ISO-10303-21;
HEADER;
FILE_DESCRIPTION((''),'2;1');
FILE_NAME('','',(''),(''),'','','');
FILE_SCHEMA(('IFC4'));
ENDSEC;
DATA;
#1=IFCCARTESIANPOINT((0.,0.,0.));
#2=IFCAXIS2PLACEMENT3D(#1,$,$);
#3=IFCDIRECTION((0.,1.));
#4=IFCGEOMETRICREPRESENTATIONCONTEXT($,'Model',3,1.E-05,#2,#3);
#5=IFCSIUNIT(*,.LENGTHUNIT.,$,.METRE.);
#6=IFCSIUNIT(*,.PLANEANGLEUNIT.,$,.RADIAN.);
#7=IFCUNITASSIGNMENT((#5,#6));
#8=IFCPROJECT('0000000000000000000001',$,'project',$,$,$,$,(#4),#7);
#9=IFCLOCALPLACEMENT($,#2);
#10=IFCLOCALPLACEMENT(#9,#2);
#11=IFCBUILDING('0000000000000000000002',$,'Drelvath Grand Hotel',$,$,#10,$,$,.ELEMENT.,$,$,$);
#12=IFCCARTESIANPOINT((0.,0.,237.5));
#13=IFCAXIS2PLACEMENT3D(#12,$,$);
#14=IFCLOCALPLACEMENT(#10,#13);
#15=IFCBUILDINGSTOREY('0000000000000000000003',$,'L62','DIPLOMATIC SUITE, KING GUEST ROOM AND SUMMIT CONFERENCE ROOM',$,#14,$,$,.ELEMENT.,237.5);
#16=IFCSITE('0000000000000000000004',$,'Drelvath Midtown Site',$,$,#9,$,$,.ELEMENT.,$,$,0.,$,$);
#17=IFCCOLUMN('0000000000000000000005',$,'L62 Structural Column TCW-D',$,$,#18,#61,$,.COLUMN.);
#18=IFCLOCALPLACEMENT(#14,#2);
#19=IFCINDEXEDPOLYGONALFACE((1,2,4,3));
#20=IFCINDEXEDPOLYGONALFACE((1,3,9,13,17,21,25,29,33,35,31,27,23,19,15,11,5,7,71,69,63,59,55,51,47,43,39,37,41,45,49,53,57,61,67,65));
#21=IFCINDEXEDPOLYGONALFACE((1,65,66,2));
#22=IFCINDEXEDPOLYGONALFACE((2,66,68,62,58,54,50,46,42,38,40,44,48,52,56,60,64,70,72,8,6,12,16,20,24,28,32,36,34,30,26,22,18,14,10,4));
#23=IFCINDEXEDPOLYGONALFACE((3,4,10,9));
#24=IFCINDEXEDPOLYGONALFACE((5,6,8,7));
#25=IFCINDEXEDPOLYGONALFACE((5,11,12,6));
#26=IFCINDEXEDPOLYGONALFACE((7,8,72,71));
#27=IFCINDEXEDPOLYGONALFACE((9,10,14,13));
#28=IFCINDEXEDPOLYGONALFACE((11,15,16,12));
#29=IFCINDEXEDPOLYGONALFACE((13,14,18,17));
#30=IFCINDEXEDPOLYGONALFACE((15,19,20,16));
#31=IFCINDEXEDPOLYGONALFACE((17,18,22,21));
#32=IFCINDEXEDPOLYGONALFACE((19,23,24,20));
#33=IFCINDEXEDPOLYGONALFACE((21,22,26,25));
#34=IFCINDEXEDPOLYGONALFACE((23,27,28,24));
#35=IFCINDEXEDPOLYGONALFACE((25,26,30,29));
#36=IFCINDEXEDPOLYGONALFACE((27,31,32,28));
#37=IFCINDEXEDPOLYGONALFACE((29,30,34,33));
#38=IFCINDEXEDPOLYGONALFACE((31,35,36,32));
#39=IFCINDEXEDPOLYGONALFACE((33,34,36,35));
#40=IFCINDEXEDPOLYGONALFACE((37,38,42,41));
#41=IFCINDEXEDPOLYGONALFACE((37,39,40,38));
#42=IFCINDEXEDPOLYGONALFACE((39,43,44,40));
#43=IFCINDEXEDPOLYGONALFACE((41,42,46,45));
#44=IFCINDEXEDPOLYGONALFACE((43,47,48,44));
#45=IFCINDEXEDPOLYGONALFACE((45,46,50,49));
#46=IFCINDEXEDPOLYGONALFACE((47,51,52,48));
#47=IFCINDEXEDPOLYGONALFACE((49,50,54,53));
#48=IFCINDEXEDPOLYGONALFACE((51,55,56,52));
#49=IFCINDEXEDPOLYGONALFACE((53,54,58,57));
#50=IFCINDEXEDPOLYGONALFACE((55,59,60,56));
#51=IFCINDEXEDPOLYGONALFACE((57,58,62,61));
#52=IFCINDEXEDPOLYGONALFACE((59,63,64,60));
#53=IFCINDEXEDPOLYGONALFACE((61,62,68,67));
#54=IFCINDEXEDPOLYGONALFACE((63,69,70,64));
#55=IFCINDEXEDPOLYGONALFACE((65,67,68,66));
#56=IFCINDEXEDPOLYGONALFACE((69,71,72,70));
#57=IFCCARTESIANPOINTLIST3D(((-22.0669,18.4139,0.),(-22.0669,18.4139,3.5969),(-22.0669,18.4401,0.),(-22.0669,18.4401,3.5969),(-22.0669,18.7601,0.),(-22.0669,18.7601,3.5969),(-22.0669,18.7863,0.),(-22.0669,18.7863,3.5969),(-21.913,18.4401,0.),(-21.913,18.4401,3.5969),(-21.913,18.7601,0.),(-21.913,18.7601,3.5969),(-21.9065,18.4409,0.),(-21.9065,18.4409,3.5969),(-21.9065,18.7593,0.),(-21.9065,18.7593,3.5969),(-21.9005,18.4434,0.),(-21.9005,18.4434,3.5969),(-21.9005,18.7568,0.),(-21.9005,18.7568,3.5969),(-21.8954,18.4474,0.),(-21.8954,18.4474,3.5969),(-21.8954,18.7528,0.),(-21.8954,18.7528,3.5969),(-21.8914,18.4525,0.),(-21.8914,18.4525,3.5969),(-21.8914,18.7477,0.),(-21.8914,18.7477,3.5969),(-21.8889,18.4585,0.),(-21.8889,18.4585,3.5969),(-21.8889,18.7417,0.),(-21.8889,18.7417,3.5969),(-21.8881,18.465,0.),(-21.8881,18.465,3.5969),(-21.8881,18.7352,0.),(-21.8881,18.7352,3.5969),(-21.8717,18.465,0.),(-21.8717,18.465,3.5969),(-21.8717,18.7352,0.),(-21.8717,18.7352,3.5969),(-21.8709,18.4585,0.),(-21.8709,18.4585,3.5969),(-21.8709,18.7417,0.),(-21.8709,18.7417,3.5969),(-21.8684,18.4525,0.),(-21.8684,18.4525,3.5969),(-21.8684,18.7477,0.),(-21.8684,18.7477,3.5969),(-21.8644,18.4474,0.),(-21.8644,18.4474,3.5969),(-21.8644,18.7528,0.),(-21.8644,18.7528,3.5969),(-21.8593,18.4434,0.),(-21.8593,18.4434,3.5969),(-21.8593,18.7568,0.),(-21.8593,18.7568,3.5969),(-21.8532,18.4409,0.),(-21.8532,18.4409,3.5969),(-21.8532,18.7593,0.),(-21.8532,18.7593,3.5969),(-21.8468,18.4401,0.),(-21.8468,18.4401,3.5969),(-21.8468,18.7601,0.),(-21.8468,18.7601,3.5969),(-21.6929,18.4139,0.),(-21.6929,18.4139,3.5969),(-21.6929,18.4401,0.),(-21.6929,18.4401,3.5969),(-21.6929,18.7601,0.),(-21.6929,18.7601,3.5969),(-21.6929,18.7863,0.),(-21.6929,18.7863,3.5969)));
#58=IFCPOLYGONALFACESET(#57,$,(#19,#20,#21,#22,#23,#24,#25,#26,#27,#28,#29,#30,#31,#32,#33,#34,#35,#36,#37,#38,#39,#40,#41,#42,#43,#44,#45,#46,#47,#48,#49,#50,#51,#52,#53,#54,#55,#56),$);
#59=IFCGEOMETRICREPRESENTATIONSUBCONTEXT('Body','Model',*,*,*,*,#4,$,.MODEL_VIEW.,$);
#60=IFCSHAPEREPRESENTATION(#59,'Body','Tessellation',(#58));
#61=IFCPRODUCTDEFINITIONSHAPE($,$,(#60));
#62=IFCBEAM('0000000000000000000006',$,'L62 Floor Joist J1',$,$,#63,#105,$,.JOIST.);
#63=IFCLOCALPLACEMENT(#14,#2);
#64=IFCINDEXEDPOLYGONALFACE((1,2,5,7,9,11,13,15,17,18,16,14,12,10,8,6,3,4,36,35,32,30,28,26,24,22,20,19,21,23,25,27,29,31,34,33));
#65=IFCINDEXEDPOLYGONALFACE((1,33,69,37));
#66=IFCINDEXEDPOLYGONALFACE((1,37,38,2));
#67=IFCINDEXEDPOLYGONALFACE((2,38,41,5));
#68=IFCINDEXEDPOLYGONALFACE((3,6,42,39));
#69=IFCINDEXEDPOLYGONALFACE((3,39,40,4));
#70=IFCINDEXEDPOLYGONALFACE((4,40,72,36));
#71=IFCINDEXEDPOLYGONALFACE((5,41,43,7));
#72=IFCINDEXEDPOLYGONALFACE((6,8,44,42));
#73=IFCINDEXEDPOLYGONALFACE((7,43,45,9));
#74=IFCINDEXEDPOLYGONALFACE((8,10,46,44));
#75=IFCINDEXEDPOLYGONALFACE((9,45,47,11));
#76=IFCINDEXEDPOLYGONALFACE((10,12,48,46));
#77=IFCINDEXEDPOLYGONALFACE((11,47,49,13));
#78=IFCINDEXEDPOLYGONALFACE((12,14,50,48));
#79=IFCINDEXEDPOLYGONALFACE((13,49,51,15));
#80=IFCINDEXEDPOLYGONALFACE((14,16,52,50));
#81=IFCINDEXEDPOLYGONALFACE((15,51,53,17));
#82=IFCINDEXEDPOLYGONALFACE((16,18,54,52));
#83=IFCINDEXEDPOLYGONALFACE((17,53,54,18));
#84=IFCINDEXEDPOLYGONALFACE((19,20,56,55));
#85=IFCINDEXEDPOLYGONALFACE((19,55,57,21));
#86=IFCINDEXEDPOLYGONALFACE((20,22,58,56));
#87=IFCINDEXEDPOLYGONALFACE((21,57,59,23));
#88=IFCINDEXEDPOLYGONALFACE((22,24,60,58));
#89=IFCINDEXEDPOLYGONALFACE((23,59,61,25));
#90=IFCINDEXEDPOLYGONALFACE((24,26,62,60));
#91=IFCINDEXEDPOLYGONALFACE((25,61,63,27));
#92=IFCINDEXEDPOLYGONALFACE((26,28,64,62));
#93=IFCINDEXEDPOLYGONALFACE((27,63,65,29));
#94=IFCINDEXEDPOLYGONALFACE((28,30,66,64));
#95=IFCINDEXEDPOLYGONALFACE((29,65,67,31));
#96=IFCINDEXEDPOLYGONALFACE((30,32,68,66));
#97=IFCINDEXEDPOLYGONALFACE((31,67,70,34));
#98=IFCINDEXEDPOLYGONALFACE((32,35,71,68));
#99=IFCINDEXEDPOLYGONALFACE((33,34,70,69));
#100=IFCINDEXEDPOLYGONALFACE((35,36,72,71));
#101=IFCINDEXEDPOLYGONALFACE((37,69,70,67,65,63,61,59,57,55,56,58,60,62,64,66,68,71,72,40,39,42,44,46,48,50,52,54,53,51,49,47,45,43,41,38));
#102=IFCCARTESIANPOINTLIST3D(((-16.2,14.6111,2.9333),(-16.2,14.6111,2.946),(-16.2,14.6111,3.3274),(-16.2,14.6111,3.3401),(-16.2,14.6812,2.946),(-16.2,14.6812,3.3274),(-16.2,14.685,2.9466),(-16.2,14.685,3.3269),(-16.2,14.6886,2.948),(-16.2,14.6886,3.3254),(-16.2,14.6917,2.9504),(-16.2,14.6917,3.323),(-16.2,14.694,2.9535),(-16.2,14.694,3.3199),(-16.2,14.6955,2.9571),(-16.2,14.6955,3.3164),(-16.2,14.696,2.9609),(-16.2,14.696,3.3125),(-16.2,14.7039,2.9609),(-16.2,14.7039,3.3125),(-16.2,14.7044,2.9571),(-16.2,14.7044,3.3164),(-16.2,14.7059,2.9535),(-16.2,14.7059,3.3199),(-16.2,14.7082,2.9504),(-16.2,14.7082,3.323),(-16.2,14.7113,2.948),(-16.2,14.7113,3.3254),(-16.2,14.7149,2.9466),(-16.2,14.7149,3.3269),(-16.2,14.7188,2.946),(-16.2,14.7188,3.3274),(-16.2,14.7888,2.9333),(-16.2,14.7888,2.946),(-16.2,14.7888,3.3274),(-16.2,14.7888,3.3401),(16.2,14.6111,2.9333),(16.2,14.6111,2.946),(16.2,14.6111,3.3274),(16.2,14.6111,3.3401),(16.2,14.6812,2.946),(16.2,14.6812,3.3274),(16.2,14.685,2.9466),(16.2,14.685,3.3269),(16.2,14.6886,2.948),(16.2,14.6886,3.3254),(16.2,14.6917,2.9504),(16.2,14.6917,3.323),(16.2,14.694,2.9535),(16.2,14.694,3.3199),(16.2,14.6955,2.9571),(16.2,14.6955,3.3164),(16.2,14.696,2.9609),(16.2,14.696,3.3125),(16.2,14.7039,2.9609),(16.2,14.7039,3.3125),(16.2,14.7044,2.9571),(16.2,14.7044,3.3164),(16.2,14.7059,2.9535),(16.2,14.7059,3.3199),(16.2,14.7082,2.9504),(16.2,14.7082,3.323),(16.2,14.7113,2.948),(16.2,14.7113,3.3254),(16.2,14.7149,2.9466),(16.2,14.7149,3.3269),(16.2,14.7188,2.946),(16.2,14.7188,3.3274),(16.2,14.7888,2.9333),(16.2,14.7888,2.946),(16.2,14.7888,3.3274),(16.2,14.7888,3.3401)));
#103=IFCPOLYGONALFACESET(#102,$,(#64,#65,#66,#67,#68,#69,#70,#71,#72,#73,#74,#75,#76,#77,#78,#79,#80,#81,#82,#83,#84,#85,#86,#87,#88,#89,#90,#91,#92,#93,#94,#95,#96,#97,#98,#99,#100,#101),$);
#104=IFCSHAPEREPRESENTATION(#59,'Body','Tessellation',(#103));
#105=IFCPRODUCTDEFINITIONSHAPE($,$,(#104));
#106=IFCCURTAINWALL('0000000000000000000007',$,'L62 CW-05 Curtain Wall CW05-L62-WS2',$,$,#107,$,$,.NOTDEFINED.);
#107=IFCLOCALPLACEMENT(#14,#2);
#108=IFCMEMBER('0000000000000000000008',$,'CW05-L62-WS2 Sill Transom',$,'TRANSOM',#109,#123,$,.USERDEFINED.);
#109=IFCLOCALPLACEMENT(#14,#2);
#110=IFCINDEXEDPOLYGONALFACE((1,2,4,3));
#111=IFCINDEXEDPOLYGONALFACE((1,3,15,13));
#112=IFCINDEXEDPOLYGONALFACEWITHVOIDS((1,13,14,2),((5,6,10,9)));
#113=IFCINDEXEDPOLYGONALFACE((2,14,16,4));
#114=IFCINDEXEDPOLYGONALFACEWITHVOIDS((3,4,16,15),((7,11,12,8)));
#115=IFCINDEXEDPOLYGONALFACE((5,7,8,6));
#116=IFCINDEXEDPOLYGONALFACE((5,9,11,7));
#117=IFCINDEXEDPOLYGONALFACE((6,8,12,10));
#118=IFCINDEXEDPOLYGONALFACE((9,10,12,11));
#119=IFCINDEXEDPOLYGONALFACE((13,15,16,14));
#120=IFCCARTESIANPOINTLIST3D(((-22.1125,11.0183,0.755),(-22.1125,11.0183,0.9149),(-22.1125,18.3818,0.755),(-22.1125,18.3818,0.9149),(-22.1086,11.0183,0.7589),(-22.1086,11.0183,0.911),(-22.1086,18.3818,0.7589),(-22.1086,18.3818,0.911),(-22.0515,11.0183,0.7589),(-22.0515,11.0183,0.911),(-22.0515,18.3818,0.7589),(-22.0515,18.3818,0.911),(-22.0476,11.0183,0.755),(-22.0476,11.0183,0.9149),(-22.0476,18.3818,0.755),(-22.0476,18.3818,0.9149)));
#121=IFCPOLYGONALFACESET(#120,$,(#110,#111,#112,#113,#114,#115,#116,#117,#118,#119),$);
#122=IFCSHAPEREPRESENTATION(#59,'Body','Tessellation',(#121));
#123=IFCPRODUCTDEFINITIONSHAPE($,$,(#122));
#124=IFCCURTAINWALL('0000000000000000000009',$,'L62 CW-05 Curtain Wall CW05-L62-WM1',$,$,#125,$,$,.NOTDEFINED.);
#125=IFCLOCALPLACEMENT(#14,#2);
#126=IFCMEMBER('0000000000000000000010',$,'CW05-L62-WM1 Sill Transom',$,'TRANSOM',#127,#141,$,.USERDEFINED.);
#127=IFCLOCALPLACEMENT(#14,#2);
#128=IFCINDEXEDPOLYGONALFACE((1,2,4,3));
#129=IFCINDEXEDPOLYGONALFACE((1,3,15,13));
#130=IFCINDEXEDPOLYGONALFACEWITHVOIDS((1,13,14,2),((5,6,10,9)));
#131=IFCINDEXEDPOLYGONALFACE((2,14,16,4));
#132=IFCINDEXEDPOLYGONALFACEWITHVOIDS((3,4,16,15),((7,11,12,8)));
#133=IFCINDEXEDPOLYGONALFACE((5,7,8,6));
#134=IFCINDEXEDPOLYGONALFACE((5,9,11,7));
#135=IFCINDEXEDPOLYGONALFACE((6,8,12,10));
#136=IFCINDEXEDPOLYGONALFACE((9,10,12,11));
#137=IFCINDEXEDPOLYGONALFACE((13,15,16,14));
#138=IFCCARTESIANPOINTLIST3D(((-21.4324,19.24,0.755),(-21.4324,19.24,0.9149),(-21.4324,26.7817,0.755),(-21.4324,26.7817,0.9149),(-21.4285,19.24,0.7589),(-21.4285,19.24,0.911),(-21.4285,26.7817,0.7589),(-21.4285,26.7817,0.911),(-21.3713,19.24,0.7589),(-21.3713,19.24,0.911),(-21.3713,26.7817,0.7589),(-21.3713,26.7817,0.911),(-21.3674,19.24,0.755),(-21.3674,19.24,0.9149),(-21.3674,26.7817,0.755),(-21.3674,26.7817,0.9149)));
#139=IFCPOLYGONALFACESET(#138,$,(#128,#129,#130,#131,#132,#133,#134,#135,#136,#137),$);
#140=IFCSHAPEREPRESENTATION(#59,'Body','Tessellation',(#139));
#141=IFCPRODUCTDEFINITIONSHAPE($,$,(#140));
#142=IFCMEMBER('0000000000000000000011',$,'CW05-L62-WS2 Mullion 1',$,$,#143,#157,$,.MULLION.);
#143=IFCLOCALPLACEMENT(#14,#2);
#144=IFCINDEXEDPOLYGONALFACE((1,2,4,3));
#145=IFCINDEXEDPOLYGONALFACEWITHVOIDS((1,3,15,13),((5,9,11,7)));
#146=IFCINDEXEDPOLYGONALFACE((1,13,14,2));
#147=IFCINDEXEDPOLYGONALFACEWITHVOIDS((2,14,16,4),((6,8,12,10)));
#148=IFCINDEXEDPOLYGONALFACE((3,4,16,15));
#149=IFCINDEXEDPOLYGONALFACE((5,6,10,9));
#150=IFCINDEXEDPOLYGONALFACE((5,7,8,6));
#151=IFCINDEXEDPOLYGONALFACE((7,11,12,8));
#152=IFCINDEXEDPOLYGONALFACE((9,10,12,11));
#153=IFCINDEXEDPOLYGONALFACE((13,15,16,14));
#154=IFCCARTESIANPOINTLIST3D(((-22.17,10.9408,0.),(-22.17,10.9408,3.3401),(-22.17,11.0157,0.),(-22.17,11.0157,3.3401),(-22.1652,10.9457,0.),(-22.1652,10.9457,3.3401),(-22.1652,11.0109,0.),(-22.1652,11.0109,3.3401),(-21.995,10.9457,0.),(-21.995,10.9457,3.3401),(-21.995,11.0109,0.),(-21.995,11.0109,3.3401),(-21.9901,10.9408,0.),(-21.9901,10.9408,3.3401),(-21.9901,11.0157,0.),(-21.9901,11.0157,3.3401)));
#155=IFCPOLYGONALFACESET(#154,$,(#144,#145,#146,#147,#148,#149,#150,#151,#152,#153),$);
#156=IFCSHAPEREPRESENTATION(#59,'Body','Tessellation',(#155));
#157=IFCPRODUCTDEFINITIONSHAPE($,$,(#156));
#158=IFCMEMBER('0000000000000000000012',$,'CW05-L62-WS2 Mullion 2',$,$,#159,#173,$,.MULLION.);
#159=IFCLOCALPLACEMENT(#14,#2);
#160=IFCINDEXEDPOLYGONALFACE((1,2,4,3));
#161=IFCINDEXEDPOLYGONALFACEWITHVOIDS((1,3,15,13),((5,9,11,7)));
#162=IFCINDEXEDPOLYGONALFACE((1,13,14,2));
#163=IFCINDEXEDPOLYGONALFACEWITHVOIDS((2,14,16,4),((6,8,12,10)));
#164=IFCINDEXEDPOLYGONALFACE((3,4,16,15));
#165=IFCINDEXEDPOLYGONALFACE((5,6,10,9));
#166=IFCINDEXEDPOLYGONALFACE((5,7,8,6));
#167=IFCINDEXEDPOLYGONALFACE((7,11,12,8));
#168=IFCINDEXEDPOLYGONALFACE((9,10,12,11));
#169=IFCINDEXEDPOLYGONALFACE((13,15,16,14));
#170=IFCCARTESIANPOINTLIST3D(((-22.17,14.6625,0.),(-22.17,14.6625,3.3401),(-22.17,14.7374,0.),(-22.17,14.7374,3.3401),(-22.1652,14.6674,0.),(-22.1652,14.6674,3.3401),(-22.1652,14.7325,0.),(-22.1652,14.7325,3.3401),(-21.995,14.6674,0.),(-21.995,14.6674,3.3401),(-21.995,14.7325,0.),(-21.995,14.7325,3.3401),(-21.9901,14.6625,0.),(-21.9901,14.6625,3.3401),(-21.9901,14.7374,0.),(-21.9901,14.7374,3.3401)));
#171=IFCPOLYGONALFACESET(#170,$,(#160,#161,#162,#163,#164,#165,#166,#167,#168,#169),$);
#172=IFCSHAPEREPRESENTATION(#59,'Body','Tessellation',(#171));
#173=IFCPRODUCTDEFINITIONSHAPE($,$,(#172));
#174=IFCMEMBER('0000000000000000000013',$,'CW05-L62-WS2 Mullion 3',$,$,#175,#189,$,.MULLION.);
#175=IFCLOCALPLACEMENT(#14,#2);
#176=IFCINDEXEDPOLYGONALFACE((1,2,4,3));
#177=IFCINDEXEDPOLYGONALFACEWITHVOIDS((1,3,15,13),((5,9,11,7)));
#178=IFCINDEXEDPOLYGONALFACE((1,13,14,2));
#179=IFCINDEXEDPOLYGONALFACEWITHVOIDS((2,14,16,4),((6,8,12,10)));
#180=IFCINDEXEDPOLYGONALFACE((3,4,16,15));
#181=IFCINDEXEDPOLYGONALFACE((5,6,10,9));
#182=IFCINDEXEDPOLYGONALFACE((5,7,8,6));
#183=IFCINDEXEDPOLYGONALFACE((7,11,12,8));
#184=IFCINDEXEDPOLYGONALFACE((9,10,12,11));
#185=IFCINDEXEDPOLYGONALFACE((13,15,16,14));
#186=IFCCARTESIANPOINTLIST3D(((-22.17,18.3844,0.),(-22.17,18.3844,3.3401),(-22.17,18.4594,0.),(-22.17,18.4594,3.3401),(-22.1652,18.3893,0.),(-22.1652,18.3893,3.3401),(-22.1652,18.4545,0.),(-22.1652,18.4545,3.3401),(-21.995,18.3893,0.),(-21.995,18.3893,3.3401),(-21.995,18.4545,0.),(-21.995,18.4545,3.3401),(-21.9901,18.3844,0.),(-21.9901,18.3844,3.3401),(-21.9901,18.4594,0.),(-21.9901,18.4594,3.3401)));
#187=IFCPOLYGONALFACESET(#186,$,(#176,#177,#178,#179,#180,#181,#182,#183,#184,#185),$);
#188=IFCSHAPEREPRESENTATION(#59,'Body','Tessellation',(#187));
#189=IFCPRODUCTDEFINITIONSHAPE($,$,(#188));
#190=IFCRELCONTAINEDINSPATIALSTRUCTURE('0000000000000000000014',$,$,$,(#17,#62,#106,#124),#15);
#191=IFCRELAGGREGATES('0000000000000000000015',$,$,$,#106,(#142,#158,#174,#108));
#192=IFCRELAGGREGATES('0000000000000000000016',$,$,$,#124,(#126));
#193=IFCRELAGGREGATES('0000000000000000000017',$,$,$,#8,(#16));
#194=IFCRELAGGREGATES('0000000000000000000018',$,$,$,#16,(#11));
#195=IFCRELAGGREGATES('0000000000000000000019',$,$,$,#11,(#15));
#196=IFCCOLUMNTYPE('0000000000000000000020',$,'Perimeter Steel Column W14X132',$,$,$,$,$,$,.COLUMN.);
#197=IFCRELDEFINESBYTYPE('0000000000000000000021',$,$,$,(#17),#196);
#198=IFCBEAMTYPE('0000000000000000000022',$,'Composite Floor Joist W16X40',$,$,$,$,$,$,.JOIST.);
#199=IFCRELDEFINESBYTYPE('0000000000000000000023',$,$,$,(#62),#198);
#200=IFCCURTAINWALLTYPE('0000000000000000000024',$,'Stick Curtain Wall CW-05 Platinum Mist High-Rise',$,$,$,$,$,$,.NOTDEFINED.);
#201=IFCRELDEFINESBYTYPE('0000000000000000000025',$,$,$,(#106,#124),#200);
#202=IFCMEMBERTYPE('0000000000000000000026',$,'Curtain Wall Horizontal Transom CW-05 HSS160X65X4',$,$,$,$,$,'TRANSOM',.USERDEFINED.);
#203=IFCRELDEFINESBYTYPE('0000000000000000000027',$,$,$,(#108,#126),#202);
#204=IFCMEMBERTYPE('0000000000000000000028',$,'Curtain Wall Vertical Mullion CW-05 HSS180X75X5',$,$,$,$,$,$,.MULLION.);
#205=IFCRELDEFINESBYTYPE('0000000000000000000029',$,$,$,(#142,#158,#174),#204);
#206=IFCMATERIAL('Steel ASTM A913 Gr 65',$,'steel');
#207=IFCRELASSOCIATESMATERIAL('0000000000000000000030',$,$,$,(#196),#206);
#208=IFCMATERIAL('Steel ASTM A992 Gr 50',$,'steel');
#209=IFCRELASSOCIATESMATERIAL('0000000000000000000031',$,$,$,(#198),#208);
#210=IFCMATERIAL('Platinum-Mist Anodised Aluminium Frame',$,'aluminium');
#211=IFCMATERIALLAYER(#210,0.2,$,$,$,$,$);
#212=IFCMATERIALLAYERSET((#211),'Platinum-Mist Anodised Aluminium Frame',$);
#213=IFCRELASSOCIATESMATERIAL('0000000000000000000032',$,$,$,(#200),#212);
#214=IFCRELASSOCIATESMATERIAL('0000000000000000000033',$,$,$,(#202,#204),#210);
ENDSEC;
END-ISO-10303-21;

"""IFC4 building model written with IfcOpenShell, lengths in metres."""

from ifc_helpers import new_model, si_unit, direction, frame, origin, origin_2d, place, context, subcontext, project, spatial, hollow_rectangle, i_section, extrude, material, layer, layer_set, material_profile, profile_set, type_object, element, aggregate, save


model = new_model("IFC4")

# Units and contexts
model_context = context("Model", 3, precision=1e-05, world=origin(), true_north=direction((0.0, 1.0)))
body_context = subcontext(model_context, "Body", "Model", "MODEL_VIEW")
ifc_project = project(units=[si_unit("LENGTHUNIT", "METRE"), si_unit("PLANEANGLEUNIT", "RADIAN")], contexts=[model_context])

# Site, building, storey
site_placement = place(None, origin())
site = spatial("IfcSite", under=ifc_project, at=site_placement, Name="Drelvath Midtown Site", CompositionType="ELEMENT", RefElevation=0.0)
building_placement = place(site_placement, origin())
building = spatial("IfcBuilding", under=site, at=building_placement, Name="Drelvath Grand Hotel", CompositionType="ELEMENT")
storey_placement = place(building_placement, frame((0.0, 0.0, 237.5)))
storey = spatial("IfcBuildingStorey", under=building, at=storey_placement, Name="L62", Description="DIPLOMATIC SUITE, KING GUEST ROOM AND SUMMIT CONFERENCE ROOM", CompositionType="ELEMENT", Elevation=237.5)

# Column
ifc_material_1 = material(Name="Steel ASTM A913 Gr 65", Category="steel")
ifc_material_profile_1 = material_profile(ifc_material_1, i_section(OverallWidth=0.374, OverallDepth=0.3723, WebThickness=0.0164, FlangeThickness=0.0261, FilletRadius=0.0249, at=origin_2d()), Name="W14X132")
ifc_profile_set_1 = profile_set([ifc_material_profile_1], Name="Steel ASTM A913 Gr 65")
column_type = type_object("IfcColumnType", Name="Perimeter Steel Column W14X132", PredefinedType="COLUMN", material=ifc_profile_set_1)
column_placement = place(storey_placement, frame((-21.8799, 18.6001, 0.0), z_axis=(0.0, 0.0, 1.0), x_axis=(1.0, 0.0, 0.0)))
element("IfcColumn", 1, at=column_placement, inside=storey, type_object=column_type, Name="L62 Structural Column TCW-D", PredefinedType="COLUMN", context=body_context, shape_type="SweptSolid", body=[
    extrude(i_section(OverallWidth=0.374, OverallDepth=0.3723, WebThickness=0.0164, FlangeThickness=0.0261, FilletRadius=0.0249, at=origin_2d()), origin(), (0.0, 0.0, 1.0), 3.5969),
])

# Beam
ifc_material_2 = material(Name="Steel ASTM A992 Gr 50", Category="steel")
ifc_material_profile_2 = material_profile(ifc_material_2, i_section(OverallWidth=0.1777, OverallDepth=0.4067, WebThickness=0.0078, FlangeThickness=0.0127, FilletRadius=0.0149, at=origin_2d()), Name="W16X40")
ifc_profile_set_2 = profile_set([ifc_material_profile_2], Name="Steel ASTM A992 Gr 50")
beam_type_1 = type_object("IfcBeamType", Name="Composite Floor Joist W16X40", PredefinedType="JOIST", material=ifc_profile_set_2)
beam_1_placement = place(storey_placement, frame((-16.2, 14.7, 3.1367), z_axis=(1.0, 0.0, 0.0), x_axis=(0.0, 1.0, 0.0)))
element("IfcBeam", 2, at=beam_1_placement, inside=storey, type_object=beam_type_1, Name="L62 Floor Joist J1", PredefinedType="JOIST", context=body_context, shape_type="SweptSolid", body=[
    extrude(i_section(OverallWidth=0.1777, OverallDepth=0.4067, WebThickness=0.0078, FlangeThickness=0.0127, FilletRadius=0.0149, at=origin_2d()), origin(), (0.0, 0.0, 1.0), 32.3999),
])

# Curtain walls, members
ifc_material_3 = material(Name="Platinum-Mist Anodised Aluminium Frame", Category="aluminium")
ifc_layer_1 = layer(ifc_material_3, 0.2)
ifc_layer_set_1 = layer_set([ifc_layer_1], Name="Platinum-Mist Anodised Aluminium Frame")
curtain_wall_type = type_object("IfcCurtainWallType", Name="Stick Curtain Wall CW-05 Platinum Mist High-Rise", PredefinedType="NOTDEFINED", material=ifc_layer_set_1)
curtain_wall_1_placement = place(storey_placement, origin())
curtain_wall_1 = element("IfcCurtainWall", 3, at=curtain_wall_1_placement, inside=storey, type_object=curtain_wall_type, Name="L62 CW-05 Curtain Wall CW05-L62-WS2", PredefinedType="NOTDEFINED")
ifc_material_profile_3 = material_profile(ifc_material_3, hollow_rectangle(XDim=0.0649, YDim=0.1599, WallThickness=0.0039, at=origin_2d()), Name="HSS160X65X4")
ifc_profile_set_3 = profile_set([ifc_material_profile_3], Name="Platinum-Mist Anodised Aluminium Frame")
member_type_1 = type_object("IfcMemberType", Name="Curtain Wall Horizontal Transom CW-05 HSS160X65X4", ElementType="TRANSOM", PredefinedType="USERDEFINED", material=ifc_profile_set_3)
member_1_placement = place(storey_placement, frame((-22.0801, 11.0183, 0.835), z_axis=(0.0, 1.0, 0.0), x_axis=(-1.0, 0.0, 0.0)))
member_1 = element("IfcMember", 4, at=member_1_placement, type_object=member_type_1, Name="CW05-L62-WS2 Sill Transom", ObjectType="TRANSOM", PredefinedType="USERDEFINED", context=body_context, shape_type="SweptSolid", body=[
    extrude(hollow_rectangle(XDim=0.0649, YDim=0.1599, WallThickness=0.0039, at=origin_2d()), origin(), (0.0, 0.0, 1.0), 7.3635),
])
curtain_wall_2_placement = place(storey_placement, origin())
curtain_wall_2 = element("IfcCurtainWall", 5, at=curtain_wall_2_placement, inside=storey, type_object=curtain_wall_type, Name="L62 CW-05 Curtain Wall CW05-L62-WM1", PredefinedType="NOTDEFINED")
member_2_placement = place(storey_placement, frame((-21.3999, 19.24, 0.835), z_axis=(0.0, 1.0, 0.0), x_axis=(-1.0, 0.0, 0.0)))
member_2 = element("IfcMember", 6, at=member_2_placement, type_object=member_type_1, Name="CW05-L62-WM1 Sill Transom", ObjectType="TRANSOM", PredefinedType="USERDEFINED", context=body_context, shape_type="SweptSolid", body=[
    extrude(hollow_rectangle(XDim=0.0649, YDim=0.1599, WallThickness=0.0039, at=origin_2d()), origin(), (0.0, 0.0, 1.0), 7.5417),
])

# Members
ifc_material_profile_4 = material_profile(ifc_material_3, hollow_rectangle(XDim=0.075, YDim=0.1799, WallThickness=0.0049, at=origin_2d()), Name="HSS180X75X5")
ifc_profile_set_4 = profile_set([ifc_material_profile_4], Name="Platinum-Mist Anodised Aluminium Frame")
member_type_2 = type_object("IfcMemberType", Name="Curtain Wall Vertical Mullion CW-05 HSS180X75X5", PredefinedType="MULLION", material=ifc_profile_set_4)
member_3_placement = place(storey_placement, frame((-22.0801, 10.9783, 0.0), z_axis=(0.0, 0.0, 1.0), x_axis=(0.0, 1.0, 0.0)))
member_3 = element("IfcMember", 7, at=member_3_placement, type_object=member_type_2, Name="CW05-L62-WS2 Mullion 1", PredefinedType="MULLION", context=body_context, shape_type="SweptSolid", body=[
    extrude(hollow_rectangle(XDim=0.075, YDim=0.1799, WallThickness=0.0049, at=origin_2d()), origin(), (0.0, 0.0, 1.0), 3.3401),
])
member_4_placement = place(storey_placement, frame((-22.0801, 14.7, 0.0), z_axis=(0.0, 0.0, 1.0), x_axis=(0.0, 1.0, 0.0)))
member_4 = element("IfcMember", 8, at=member_4_placement, type_object=member_type_2, Name="CW05-L62-WS2 Mullion 2", PredefinedType="MULLION", context=body_context, shape_type="SweptSolid", body=[
    extrude(hollow_rectangle(XDim=0.075, YDim=0.1799, WallThickness=0.0049, at=origin_2d()), origin(), (0.0, 0.0, 1.0), 3.3401),
])
member_5_placement = place(storey_placement, frame((-22.0801, 18.4219, 0.0), z_axis=(0.0, 0.0, 1.0), x_axis=(0.0, 1.0, 0.0)))
member_5 = element("IfcMember", 9, at=member_5_placement, type_object=member_type_2, Name="CW05-L62-WS2 Mullion 3", PredefinedType="MULLION", context=body_context, shape_type="SweptSolid", body=[
    extrude(hollow_rectangle(XDim=0.075, YDim=0.1799, WallThickness=0.0049, at=origin_2d()), origin(), (0.0, 0.0, 1.0), 3.3401),
])

aggregate(curtain_wall_1, [member_3, member_4, member_5, member_1])
aggregate(curtain_wall_2, [member_2])

save(model, "model.ifc")
